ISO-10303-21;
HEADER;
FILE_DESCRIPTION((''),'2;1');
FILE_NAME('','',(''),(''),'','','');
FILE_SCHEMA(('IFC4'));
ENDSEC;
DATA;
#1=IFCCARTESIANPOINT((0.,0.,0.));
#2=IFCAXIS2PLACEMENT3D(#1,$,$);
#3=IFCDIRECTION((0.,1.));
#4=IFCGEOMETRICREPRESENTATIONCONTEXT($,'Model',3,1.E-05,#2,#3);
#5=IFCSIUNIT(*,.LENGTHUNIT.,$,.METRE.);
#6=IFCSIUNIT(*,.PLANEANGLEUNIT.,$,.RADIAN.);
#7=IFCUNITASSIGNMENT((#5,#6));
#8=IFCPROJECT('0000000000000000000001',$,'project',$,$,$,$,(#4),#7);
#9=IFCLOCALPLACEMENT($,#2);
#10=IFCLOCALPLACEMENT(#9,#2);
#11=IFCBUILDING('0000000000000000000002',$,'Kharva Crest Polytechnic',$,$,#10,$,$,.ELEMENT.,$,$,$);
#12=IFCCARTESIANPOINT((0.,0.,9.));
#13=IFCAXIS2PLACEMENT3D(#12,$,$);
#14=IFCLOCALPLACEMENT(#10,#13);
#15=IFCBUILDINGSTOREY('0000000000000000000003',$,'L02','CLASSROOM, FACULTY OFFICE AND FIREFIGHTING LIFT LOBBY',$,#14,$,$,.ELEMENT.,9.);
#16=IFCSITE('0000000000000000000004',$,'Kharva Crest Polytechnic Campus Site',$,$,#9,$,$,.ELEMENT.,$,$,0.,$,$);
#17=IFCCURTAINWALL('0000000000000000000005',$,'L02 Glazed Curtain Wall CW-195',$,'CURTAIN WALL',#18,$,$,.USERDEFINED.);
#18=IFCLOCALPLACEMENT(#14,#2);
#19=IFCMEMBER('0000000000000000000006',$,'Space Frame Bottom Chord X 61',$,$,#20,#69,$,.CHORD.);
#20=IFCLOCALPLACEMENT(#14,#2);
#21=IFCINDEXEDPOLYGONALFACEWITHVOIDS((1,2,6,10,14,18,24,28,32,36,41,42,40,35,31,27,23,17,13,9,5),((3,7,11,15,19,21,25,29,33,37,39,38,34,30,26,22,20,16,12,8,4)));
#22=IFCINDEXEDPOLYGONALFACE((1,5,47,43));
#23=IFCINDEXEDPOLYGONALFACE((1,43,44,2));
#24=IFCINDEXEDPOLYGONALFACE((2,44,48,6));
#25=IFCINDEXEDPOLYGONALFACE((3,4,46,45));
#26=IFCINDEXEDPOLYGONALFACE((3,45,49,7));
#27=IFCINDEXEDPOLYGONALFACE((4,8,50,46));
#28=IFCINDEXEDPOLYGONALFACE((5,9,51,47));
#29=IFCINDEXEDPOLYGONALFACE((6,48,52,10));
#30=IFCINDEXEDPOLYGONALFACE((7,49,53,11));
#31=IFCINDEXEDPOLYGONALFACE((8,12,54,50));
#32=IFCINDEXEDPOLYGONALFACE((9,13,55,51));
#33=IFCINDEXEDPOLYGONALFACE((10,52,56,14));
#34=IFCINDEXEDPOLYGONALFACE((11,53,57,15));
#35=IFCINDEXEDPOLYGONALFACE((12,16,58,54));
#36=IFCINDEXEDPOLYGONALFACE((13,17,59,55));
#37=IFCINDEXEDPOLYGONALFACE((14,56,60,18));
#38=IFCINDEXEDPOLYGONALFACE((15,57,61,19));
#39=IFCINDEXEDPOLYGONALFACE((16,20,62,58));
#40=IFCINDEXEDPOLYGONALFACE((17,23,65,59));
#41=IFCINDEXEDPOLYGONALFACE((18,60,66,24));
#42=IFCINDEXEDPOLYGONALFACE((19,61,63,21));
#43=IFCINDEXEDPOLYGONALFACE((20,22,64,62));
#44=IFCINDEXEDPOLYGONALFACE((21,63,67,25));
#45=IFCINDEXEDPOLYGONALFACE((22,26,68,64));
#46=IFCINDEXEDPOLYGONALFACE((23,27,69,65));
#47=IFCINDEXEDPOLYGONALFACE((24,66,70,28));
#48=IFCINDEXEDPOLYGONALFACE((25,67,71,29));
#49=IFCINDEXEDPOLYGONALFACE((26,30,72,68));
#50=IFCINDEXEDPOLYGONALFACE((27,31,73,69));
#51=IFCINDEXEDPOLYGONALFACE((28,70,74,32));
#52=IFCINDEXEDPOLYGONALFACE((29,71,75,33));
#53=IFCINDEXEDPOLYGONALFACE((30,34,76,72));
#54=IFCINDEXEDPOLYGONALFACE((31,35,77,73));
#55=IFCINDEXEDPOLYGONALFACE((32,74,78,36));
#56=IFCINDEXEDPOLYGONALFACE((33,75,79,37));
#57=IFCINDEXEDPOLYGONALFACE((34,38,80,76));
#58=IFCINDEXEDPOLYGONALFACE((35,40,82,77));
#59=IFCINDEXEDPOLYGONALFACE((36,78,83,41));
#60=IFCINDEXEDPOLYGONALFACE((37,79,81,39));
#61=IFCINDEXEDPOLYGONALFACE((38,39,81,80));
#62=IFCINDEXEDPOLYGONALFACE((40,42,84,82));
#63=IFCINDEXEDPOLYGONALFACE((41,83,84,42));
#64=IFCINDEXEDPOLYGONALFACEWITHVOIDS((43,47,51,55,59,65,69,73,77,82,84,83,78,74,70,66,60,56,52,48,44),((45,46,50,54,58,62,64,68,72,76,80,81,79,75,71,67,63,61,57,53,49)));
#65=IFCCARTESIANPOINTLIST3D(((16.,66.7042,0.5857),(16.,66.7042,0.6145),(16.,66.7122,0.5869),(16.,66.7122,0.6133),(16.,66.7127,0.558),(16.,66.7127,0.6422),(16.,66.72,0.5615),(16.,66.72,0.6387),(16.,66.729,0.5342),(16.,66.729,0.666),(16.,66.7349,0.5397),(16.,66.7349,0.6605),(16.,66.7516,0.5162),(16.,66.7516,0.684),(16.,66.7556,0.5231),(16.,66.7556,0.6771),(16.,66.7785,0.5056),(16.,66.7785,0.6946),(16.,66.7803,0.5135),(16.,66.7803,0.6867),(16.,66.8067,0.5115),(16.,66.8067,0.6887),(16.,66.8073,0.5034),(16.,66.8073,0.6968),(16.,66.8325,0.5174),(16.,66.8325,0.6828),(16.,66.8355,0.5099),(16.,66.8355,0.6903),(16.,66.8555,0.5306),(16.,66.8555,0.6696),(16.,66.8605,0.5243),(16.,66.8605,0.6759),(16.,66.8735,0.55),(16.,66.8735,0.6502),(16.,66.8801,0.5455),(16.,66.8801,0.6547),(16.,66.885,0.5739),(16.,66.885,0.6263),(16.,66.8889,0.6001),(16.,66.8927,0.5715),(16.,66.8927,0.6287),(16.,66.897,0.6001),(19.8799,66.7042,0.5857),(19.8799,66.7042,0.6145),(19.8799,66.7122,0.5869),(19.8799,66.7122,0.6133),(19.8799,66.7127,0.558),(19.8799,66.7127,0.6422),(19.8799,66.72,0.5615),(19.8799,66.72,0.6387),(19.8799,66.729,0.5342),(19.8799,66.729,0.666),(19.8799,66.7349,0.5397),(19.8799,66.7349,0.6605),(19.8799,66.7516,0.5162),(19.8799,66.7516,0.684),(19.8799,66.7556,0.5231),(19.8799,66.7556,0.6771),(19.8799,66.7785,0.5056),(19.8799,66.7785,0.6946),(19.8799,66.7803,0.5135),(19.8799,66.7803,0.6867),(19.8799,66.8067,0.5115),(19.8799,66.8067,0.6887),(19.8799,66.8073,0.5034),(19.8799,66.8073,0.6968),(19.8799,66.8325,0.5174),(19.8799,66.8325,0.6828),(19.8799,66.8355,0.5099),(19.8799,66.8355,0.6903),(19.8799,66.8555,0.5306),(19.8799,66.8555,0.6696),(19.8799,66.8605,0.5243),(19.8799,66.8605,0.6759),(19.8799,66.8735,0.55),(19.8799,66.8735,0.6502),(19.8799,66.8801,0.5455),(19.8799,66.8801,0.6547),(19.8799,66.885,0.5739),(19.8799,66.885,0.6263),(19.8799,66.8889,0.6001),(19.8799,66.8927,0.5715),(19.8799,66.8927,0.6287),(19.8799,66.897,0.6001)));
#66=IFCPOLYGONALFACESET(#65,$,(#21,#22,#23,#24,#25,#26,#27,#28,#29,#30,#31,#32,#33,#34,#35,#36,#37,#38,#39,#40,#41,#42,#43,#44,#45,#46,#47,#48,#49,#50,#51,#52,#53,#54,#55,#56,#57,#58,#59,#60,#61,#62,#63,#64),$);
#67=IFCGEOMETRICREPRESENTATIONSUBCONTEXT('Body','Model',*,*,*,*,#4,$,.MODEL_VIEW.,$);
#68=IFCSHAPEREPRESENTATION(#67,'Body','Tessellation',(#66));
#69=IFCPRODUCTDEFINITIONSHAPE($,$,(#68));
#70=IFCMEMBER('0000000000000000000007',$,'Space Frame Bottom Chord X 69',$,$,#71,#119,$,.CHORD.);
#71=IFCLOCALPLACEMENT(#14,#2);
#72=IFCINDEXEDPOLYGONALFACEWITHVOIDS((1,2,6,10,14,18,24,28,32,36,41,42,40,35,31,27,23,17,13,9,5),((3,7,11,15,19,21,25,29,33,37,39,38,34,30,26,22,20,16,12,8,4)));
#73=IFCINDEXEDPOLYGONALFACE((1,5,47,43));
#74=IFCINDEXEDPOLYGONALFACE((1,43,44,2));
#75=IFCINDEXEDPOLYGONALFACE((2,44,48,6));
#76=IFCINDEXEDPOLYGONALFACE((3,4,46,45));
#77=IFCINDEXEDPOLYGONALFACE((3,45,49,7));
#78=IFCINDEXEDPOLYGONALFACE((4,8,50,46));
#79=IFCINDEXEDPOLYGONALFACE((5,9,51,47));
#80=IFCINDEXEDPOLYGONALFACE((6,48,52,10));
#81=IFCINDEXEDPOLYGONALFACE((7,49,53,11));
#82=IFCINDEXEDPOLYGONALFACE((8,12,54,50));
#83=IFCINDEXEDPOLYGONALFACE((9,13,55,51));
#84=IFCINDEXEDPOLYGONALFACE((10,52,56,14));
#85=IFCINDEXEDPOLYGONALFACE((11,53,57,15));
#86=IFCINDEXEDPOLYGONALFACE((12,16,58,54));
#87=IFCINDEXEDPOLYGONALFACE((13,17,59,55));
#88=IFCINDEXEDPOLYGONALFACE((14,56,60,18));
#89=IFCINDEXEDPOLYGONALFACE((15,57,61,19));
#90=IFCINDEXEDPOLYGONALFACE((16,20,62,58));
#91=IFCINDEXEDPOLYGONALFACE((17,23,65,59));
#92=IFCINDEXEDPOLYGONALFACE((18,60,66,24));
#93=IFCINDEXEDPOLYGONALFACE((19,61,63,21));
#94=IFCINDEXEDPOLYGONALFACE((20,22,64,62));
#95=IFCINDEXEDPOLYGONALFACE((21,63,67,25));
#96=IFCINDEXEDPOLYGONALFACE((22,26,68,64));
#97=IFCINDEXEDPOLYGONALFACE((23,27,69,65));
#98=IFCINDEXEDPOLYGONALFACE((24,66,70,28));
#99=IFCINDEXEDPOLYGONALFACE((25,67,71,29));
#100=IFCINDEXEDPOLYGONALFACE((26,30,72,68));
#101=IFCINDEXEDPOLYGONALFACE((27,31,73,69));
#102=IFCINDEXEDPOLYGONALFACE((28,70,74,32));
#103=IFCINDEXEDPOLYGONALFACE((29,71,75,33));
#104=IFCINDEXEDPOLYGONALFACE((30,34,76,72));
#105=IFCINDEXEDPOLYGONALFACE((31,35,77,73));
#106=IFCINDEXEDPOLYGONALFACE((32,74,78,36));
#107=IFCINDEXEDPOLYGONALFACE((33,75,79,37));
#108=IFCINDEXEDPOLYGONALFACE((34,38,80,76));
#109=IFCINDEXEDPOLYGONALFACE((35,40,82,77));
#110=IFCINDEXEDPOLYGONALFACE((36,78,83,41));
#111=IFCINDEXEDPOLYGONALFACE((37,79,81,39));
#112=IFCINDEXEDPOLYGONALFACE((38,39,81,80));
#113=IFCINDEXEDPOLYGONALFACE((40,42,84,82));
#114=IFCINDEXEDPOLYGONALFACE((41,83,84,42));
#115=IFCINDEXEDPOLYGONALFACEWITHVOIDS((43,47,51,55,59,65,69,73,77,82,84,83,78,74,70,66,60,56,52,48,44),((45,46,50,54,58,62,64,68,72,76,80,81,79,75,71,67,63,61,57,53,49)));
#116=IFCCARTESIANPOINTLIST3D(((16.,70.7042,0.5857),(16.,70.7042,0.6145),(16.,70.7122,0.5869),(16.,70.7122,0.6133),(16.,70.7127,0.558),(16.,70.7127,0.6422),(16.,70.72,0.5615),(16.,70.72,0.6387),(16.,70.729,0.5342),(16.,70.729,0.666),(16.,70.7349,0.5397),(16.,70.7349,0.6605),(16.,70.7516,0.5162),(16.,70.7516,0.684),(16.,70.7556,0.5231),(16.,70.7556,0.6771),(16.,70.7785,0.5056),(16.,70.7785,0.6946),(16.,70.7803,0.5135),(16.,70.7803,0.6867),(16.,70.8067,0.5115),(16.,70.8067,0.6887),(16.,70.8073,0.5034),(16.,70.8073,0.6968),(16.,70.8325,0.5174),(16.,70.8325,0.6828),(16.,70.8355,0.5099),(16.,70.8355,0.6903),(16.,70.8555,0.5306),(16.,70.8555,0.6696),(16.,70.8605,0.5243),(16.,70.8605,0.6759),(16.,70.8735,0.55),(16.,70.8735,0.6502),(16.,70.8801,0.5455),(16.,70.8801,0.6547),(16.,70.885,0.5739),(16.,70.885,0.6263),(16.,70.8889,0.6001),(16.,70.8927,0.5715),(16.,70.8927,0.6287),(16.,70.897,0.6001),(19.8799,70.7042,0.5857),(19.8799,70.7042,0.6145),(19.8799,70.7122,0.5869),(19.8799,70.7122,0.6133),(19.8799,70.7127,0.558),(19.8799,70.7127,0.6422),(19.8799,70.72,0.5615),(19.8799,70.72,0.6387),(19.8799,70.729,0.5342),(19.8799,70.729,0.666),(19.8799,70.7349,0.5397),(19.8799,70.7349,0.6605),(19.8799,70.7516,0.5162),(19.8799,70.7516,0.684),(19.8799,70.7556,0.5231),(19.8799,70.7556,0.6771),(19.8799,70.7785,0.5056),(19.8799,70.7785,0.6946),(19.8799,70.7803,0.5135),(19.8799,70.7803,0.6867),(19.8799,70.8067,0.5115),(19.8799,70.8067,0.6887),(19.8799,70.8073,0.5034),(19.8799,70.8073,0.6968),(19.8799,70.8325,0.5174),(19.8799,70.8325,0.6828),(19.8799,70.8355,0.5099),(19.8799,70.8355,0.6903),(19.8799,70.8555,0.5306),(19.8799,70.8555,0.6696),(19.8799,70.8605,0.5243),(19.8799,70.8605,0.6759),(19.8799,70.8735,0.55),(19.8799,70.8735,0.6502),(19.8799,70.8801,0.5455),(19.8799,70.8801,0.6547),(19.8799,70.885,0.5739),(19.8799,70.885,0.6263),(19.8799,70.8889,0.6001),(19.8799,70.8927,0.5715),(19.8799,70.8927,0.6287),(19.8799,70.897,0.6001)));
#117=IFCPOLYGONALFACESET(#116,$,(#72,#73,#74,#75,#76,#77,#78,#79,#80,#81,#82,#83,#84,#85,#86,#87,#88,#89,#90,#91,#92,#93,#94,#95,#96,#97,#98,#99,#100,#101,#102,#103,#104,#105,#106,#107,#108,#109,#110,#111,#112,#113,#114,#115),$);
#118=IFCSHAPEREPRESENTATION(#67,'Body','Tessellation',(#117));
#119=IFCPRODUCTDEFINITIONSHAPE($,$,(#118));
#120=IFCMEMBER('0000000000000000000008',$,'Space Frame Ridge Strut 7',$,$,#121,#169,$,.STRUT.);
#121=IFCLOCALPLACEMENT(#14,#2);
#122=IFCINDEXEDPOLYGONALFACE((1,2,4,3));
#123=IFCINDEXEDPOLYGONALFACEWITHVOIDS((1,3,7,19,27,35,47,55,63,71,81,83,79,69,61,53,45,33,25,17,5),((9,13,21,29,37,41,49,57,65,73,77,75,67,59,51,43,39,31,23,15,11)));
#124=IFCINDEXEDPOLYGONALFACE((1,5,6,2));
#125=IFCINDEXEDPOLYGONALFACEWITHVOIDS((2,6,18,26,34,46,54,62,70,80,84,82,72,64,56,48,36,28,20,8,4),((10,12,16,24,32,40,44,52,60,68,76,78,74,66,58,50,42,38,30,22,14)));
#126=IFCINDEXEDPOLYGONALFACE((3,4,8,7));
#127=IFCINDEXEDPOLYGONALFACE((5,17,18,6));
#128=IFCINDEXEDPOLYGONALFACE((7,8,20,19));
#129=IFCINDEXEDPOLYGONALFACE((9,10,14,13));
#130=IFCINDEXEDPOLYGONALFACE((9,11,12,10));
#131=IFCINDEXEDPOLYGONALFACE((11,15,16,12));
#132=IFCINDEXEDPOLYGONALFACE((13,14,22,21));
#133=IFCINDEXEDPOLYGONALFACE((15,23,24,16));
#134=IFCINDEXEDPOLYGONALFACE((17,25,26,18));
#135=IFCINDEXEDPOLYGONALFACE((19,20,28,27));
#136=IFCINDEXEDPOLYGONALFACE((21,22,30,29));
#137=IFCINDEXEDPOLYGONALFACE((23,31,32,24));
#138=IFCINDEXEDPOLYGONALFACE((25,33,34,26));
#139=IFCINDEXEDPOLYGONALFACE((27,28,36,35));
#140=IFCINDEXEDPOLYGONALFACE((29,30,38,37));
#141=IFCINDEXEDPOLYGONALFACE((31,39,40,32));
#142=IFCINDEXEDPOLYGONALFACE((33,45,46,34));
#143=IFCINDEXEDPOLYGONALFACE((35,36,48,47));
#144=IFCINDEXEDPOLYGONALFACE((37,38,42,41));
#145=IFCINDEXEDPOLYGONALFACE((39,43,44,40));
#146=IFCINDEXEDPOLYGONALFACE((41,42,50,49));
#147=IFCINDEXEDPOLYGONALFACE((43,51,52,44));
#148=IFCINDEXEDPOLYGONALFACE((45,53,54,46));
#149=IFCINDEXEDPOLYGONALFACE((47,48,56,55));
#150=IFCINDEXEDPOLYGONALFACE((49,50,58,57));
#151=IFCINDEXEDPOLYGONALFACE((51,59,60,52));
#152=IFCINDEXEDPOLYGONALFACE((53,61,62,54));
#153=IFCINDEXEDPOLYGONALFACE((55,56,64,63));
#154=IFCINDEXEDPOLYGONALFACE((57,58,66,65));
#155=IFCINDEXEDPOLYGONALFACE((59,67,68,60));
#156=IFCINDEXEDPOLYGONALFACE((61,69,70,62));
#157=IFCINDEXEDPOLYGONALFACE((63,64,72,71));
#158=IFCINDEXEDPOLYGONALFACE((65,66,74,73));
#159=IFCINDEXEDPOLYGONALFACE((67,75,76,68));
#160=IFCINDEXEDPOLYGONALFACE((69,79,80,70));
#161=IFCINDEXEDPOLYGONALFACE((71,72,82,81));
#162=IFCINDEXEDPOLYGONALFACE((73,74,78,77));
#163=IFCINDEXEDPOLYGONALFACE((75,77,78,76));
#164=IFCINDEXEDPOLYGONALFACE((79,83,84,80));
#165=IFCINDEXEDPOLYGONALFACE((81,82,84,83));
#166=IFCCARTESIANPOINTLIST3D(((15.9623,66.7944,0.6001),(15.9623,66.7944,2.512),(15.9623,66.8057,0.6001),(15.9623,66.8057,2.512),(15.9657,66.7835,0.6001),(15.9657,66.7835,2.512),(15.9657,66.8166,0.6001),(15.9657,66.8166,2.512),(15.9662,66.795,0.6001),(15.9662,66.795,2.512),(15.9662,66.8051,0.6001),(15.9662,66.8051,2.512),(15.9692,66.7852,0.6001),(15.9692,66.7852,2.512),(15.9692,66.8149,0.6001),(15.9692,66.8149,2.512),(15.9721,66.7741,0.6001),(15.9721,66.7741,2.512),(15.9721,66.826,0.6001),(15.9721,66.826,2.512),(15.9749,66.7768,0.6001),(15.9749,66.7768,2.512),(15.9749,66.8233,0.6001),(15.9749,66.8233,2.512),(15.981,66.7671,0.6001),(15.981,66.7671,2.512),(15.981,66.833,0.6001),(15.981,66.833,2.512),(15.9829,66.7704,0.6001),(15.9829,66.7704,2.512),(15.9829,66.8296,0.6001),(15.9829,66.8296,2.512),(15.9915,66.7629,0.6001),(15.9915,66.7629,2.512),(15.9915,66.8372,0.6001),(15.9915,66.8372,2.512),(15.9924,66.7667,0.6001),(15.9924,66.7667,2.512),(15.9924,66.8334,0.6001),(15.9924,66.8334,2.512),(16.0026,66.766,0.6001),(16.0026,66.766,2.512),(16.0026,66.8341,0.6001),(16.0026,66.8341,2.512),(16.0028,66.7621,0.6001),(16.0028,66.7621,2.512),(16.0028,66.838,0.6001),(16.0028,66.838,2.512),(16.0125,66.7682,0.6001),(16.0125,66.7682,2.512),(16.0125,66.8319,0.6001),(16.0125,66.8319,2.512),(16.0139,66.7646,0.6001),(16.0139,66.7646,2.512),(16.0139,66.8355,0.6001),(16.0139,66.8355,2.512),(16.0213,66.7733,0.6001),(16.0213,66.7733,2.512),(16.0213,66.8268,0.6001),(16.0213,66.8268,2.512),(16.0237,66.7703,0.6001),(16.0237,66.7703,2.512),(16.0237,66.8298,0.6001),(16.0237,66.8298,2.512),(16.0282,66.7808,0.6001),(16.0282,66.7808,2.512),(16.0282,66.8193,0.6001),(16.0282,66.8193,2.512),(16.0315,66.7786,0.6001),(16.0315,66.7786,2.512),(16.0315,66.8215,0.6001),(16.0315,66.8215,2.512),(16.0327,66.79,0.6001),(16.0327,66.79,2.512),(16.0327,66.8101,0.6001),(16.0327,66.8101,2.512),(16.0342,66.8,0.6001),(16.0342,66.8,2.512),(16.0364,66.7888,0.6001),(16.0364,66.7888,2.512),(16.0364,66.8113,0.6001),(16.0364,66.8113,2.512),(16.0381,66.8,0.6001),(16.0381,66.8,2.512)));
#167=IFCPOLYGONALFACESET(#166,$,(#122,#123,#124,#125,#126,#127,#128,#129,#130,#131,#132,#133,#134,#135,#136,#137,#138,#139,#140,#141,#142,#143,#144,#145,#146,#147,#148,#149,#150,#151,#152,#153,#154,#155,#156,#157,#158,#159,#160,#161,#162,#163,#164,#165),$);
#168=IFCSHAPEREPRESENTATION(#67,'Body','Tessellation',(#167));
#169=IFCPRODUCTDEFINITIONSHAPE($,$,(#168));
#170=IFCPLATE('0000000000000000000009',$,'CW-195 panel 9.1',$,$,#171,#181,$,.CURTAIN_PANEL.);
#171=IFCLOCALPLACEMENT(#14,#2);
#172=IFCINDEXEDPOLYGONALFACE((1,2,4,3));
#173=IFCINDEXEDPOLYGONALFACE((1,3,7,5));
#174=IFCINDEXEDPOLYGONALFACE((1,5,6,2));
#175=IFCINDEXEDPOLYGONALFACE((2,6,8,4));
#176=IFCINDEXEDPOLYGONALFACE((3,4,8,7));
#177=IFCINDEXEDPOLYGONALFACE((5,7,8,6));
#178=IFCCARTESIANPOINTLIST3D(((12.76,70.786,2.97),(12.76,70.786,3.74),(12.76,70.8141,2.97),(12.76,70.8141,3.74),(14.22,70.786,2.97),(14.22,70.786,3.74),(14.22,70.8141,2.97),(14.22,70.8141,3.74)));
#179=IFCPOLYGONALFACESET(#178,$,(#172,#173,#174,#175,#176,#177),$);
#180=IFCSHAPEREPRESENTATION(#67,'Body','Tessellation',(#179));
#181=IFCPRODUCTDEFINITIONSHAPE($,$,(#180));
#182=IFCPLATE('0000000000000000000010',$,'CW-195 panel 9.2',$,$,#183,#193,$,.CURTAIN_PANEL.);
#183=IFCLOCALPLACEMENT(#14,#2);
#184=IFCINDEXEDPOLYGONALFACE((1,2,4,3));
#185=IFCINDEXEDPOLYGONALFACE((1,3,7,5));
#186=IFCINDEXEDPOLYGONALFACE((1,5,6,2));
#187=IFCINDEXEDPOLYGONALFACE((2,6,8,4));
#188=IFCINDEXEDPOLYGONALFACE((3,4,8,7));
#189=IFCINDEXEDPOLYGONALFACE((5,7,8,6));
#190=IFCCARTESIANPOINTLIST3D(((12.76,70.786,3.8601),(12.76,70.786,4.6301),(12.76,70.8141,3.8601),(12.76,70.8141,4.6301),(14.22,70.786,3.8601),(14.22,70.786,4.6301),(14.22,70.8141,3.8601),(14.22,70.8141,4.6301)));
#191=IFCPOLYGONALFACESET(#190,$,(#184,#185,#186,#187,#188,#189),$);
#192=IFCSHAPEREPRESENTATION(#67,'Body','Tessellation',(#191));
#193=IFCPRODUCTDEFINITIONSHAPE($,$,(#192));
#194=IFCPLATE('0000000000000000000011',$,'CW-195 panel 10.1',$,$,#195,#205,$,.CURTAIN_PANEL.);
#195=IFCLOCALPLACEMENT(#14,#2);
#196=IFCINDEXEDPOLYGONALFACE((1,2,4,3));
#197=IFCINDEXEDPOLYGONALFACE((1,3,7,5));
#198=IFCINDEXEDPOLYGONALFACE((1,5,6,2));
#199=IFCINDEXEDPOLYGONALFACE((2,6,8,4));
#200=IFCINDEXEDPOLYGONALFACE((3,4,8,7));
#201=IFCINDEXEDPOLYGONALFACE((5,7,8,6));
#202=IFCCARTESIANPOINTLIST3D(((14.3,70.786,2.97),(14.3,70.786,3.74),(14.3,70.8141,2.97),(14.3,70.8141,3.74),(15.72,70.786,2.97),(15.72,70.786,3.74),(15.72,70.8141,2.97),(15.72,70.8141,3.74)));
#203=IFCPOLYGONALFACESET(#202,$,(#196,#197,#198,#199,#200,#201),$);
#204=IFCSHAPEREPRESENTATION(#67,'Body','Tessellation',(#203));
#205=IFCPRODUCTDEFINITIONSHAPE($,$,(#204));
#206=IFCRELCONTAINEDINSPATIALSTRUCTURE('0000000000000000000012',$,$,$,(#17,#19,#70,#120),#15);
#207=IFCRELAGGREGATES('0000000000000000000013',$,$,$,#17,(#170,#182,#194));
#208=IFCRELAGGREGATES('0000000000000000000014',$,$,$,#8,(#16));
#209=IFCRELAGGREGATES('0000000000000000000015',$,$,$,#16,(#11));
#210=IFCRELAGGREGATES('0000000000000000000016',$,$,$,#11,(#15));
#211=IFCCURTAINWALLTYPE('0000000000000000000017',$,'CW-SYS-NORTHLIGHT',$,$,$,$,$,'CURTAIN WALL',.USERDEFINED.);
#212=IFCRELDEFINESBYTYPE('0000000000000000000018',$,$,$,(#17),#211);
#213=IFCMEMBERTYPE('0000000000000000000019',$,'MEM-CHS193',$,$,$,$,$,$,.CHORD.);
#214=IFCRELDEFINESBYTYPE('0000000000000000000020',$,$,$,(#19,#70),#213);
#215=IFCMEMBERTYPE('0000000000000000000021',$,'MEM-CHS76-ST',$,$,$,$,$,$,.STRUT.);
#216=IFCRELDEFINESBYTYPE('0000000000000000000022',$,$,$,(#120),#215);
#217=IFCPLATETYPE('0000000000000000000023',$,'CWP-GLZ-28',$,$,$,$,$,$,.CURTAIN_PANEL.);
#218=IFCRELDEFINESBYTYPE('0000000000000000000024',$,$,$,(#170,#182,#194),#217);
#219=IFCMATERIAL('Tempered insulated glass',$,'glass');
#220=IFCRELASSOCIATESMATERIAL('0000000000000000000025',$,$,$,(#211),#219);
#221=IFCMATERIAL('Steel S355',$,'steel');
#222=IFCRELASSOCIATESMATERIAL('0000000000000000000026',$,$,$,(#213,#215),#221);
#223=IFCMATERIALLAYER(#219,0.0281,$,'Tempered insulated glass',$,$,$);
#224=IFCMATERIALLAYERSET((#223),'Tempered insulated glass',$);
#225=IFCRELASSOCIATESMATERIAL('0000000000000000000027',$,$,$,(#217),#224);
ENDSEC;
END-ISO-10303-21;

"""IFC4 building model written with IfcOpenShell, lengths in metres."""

from ifc_helpers import new_model, si_unit, direction, frame, origin, origin_2d, place, context, subcontext, project, spatial, rectangle, hollow_circle, extrude, material, layer, layer_set, material_profile, profile_set, type_object, element, aggregate, save


model = new_model("IFC4")

# Units and contexts
model_context = context("Model", 3, precision=1e-05, world=origin(), true_north=direction((0.0, 1.0)))
body_context = subcontext(model_context, "Body", "Model", "MODEL_VIEW")
ifc_project = project(units=[si_unit("LENGTHUNIT", "METRE"), si_unit("PLANEANGLEUNIT", "RADIAN")], contexts=[model_context])

# Site, building, storey
site_placement = place(None, origin())
site = spatial("IfcSite", under=ifc_project, at=site_placement, Name="Kharva Crest Polytechnic Campus Site", CompositionType="ELEMENT", RefElevation=0.0)
building_placement = place(site_placement, origin())
building = spatial("IfcBuilding", under=site, at=building_placement, Name="Kharva Crest Polytechnic", CompositionType="ELEMENT")
storey_placement = place(building_placement, frame((0.0, 0.0, 9.0)))
storey = spatial("IfcBuildingStorey", under=building, at=storey_placement, Name="L02", Description="CLASSROOM, FACULTY OFFICE AND FIREFIGHTING LIFT LOBBY", CompositionType="ELEMENT", Elevation=9.0)

# Curtain wall
ifc_material_1 = material(Name="Tempered insulated glass", Category="glass")
curtain_wall_type = type_object("IfcCurtainWallType", Name="CW-SYS-NORTHLIGHT", ElementType="CURTAIN WALL", PredefinedType="USERDEFINED", material=ifc_material_1)
curtain_wall_placement = place(storey_placement, origin())
curtain_wall = element("IfcCurtainWall", 1, at=curtain_wall_placement, inside=storey, type_object=curtain_wall_type, Name="L02 Glazed Curtain Wall CW-195", ObjectType="CURTAIN WALL", PredefinedType="USERDEFINED")
ifc_material_2 = material(Name="Steel S355", Category="steel")

# Members
ifc_material_profile_1 = material_profile(ifc_material_2, hollow_circle(Radius=0.0969, WallThickness=0.0081, at=origin_2d()), Name="CHS 193.7X8.0")
ifc_profile_set_1 = profile_set([ifc_material_profile_1], Name="Steel S355")
member_type_1 = type_object("IfcMemberType", Name="MEM-CHS193", PredefinedType="CHORD", material=ifc_profile_set_1)
for number, where, z_axis, x_axis, name in (
    (2, (16.0, 66.8, 0.6001), (1.0, 0.0, 0.0), (0.0, 1.0, 0.0), "Space Frame Bottom Chord X 61"),
    (3, (16.0, 70.8, 0.6001), (1.0, 0.0, 0.0), (0.0, 1.0, 0.0), "Space Frame Bottom Chord X 69"),
):
    element("IfcMember", number, at=place(storey_placement, frame(where, z_axis=z_axis, x_axis=x_axis)), inside=storey, type_object=member_type_1, Name=name, PredefinedType="CHORD", context=body_context, shape_type="SweptSolid", body=[
        extrude(hollow_circle(Radius=0.0969, WallThickness=0.0081, at=origin_2d()), origin(), (0.0, 0.0, 1.0), 3.8799),
    ])
ifc_material_profile_2 = material_profile(ifc_material_2, hollow_circle(Radius=0.0381, WallThickness=0.0039, at=origin_2d()), Name="CHS 76.1X4.0")
ifc_profile_set_2 = profile_set([ifc_material_profile_2], Name="Steel S355")
member_type_2 = type_object("IfcMemberType", Name="MEM-CHS76-ST", PredefinedType="STRUT", material=ifc_profile_set_2)
member_1_placement = place(storey_placement, frame((16.0, 66.8, 0.6001), z_axis=(0.0, 0.0, 1.0), x_axis=(1.0, 0.0, 0.0)))
element("IfcMember", 4, at=member_1_placement, inside=storey, type_object=member_type_2, Name="Space Frame Ridge Strut 7", PredefinedType="STRUT", context=body_context, shape_type="SweptSolid", body=[
    extrude(hollow_circle(Radius=0.0381, WallThickness=0.0039, at=origin_2d()), origin(), (0.0, 0.0, 1.0), 1.9119),
])

# Plates
ifc_layer = layer(ifc_material_1, 0.0281, Name="Tempered insulated glass")
ifc_layer_set = layer_set([ifc_layer], Name="Tempered insulated glass")
plate_type = type_object("IfcPlateType", Name="CWP-GLZ-28", PredefinedType="CURTAIN_PANEL", material=ifc_layer_set)
plate_1_placement = place(storey_placement, frame((13.49, 70.8, 2.97), z_axis=(0.0, 0.0, 1.0), x_axis=(1.0, 0.0, 0.0)))
plate_1 = element("IfcPlate", 5, at=plate_1_placement, type_object=plate_type, Name="CW-195 panel 9.1", PredefinedType="CURTAIN_PANEL", context=body_context, shape_type="SweptSolid", body=[
    extrude(rectangle(XDim=1.46, YDim=0.0281, at=origin_2d()), origin(), (0.0, 0.0, 1.0), 0.77),
])
plate_2_placement = place(storey_placement, frame((13.49, 70.8, 3.8601), z_axis=(0.0, 0.0, 1.0), x_axis=(1.0, 0.0, 0.0)))
plate_2 = element("IfcPlate", 6, at=plate_2_placement, type_object=plate_type, Name="CW-195 panel 9.2", PredefinedType="CURTAIN_PANEL", context=body_context, shape_type="SweptSolid", body=[
    extrude(rectangle(XDim=1.46, YDim=0.0281, at=origin_2d()), origin(), (0.0, 0.0, 1.0), 0.77),
])
plate_3_placement = place(storey_placement, frame((15.01, 70.8, 2.97), z_axis=(0.0, 0.0, 1.0), x_axis=(1.0, 0.0, 0.0)))
plate_3 = element("IfcPlate", 7, at=plate_3_placement, type_object=plate_type, Name="CW-195 panel 10.1", PredefinedType="CURTAIN_PANEL", context=body_context, shape_type="SweptSolid", body=[
    extrude(rectangle(XDim=1.4199, YDim=0.0281, at=origin_2d()), origin(), (0.0, 0.0, 1.0), 0.77),
])
aggregate(curtain_wall, [plate_1, plate_2, plate_3])

save(model, "model.ifc")
